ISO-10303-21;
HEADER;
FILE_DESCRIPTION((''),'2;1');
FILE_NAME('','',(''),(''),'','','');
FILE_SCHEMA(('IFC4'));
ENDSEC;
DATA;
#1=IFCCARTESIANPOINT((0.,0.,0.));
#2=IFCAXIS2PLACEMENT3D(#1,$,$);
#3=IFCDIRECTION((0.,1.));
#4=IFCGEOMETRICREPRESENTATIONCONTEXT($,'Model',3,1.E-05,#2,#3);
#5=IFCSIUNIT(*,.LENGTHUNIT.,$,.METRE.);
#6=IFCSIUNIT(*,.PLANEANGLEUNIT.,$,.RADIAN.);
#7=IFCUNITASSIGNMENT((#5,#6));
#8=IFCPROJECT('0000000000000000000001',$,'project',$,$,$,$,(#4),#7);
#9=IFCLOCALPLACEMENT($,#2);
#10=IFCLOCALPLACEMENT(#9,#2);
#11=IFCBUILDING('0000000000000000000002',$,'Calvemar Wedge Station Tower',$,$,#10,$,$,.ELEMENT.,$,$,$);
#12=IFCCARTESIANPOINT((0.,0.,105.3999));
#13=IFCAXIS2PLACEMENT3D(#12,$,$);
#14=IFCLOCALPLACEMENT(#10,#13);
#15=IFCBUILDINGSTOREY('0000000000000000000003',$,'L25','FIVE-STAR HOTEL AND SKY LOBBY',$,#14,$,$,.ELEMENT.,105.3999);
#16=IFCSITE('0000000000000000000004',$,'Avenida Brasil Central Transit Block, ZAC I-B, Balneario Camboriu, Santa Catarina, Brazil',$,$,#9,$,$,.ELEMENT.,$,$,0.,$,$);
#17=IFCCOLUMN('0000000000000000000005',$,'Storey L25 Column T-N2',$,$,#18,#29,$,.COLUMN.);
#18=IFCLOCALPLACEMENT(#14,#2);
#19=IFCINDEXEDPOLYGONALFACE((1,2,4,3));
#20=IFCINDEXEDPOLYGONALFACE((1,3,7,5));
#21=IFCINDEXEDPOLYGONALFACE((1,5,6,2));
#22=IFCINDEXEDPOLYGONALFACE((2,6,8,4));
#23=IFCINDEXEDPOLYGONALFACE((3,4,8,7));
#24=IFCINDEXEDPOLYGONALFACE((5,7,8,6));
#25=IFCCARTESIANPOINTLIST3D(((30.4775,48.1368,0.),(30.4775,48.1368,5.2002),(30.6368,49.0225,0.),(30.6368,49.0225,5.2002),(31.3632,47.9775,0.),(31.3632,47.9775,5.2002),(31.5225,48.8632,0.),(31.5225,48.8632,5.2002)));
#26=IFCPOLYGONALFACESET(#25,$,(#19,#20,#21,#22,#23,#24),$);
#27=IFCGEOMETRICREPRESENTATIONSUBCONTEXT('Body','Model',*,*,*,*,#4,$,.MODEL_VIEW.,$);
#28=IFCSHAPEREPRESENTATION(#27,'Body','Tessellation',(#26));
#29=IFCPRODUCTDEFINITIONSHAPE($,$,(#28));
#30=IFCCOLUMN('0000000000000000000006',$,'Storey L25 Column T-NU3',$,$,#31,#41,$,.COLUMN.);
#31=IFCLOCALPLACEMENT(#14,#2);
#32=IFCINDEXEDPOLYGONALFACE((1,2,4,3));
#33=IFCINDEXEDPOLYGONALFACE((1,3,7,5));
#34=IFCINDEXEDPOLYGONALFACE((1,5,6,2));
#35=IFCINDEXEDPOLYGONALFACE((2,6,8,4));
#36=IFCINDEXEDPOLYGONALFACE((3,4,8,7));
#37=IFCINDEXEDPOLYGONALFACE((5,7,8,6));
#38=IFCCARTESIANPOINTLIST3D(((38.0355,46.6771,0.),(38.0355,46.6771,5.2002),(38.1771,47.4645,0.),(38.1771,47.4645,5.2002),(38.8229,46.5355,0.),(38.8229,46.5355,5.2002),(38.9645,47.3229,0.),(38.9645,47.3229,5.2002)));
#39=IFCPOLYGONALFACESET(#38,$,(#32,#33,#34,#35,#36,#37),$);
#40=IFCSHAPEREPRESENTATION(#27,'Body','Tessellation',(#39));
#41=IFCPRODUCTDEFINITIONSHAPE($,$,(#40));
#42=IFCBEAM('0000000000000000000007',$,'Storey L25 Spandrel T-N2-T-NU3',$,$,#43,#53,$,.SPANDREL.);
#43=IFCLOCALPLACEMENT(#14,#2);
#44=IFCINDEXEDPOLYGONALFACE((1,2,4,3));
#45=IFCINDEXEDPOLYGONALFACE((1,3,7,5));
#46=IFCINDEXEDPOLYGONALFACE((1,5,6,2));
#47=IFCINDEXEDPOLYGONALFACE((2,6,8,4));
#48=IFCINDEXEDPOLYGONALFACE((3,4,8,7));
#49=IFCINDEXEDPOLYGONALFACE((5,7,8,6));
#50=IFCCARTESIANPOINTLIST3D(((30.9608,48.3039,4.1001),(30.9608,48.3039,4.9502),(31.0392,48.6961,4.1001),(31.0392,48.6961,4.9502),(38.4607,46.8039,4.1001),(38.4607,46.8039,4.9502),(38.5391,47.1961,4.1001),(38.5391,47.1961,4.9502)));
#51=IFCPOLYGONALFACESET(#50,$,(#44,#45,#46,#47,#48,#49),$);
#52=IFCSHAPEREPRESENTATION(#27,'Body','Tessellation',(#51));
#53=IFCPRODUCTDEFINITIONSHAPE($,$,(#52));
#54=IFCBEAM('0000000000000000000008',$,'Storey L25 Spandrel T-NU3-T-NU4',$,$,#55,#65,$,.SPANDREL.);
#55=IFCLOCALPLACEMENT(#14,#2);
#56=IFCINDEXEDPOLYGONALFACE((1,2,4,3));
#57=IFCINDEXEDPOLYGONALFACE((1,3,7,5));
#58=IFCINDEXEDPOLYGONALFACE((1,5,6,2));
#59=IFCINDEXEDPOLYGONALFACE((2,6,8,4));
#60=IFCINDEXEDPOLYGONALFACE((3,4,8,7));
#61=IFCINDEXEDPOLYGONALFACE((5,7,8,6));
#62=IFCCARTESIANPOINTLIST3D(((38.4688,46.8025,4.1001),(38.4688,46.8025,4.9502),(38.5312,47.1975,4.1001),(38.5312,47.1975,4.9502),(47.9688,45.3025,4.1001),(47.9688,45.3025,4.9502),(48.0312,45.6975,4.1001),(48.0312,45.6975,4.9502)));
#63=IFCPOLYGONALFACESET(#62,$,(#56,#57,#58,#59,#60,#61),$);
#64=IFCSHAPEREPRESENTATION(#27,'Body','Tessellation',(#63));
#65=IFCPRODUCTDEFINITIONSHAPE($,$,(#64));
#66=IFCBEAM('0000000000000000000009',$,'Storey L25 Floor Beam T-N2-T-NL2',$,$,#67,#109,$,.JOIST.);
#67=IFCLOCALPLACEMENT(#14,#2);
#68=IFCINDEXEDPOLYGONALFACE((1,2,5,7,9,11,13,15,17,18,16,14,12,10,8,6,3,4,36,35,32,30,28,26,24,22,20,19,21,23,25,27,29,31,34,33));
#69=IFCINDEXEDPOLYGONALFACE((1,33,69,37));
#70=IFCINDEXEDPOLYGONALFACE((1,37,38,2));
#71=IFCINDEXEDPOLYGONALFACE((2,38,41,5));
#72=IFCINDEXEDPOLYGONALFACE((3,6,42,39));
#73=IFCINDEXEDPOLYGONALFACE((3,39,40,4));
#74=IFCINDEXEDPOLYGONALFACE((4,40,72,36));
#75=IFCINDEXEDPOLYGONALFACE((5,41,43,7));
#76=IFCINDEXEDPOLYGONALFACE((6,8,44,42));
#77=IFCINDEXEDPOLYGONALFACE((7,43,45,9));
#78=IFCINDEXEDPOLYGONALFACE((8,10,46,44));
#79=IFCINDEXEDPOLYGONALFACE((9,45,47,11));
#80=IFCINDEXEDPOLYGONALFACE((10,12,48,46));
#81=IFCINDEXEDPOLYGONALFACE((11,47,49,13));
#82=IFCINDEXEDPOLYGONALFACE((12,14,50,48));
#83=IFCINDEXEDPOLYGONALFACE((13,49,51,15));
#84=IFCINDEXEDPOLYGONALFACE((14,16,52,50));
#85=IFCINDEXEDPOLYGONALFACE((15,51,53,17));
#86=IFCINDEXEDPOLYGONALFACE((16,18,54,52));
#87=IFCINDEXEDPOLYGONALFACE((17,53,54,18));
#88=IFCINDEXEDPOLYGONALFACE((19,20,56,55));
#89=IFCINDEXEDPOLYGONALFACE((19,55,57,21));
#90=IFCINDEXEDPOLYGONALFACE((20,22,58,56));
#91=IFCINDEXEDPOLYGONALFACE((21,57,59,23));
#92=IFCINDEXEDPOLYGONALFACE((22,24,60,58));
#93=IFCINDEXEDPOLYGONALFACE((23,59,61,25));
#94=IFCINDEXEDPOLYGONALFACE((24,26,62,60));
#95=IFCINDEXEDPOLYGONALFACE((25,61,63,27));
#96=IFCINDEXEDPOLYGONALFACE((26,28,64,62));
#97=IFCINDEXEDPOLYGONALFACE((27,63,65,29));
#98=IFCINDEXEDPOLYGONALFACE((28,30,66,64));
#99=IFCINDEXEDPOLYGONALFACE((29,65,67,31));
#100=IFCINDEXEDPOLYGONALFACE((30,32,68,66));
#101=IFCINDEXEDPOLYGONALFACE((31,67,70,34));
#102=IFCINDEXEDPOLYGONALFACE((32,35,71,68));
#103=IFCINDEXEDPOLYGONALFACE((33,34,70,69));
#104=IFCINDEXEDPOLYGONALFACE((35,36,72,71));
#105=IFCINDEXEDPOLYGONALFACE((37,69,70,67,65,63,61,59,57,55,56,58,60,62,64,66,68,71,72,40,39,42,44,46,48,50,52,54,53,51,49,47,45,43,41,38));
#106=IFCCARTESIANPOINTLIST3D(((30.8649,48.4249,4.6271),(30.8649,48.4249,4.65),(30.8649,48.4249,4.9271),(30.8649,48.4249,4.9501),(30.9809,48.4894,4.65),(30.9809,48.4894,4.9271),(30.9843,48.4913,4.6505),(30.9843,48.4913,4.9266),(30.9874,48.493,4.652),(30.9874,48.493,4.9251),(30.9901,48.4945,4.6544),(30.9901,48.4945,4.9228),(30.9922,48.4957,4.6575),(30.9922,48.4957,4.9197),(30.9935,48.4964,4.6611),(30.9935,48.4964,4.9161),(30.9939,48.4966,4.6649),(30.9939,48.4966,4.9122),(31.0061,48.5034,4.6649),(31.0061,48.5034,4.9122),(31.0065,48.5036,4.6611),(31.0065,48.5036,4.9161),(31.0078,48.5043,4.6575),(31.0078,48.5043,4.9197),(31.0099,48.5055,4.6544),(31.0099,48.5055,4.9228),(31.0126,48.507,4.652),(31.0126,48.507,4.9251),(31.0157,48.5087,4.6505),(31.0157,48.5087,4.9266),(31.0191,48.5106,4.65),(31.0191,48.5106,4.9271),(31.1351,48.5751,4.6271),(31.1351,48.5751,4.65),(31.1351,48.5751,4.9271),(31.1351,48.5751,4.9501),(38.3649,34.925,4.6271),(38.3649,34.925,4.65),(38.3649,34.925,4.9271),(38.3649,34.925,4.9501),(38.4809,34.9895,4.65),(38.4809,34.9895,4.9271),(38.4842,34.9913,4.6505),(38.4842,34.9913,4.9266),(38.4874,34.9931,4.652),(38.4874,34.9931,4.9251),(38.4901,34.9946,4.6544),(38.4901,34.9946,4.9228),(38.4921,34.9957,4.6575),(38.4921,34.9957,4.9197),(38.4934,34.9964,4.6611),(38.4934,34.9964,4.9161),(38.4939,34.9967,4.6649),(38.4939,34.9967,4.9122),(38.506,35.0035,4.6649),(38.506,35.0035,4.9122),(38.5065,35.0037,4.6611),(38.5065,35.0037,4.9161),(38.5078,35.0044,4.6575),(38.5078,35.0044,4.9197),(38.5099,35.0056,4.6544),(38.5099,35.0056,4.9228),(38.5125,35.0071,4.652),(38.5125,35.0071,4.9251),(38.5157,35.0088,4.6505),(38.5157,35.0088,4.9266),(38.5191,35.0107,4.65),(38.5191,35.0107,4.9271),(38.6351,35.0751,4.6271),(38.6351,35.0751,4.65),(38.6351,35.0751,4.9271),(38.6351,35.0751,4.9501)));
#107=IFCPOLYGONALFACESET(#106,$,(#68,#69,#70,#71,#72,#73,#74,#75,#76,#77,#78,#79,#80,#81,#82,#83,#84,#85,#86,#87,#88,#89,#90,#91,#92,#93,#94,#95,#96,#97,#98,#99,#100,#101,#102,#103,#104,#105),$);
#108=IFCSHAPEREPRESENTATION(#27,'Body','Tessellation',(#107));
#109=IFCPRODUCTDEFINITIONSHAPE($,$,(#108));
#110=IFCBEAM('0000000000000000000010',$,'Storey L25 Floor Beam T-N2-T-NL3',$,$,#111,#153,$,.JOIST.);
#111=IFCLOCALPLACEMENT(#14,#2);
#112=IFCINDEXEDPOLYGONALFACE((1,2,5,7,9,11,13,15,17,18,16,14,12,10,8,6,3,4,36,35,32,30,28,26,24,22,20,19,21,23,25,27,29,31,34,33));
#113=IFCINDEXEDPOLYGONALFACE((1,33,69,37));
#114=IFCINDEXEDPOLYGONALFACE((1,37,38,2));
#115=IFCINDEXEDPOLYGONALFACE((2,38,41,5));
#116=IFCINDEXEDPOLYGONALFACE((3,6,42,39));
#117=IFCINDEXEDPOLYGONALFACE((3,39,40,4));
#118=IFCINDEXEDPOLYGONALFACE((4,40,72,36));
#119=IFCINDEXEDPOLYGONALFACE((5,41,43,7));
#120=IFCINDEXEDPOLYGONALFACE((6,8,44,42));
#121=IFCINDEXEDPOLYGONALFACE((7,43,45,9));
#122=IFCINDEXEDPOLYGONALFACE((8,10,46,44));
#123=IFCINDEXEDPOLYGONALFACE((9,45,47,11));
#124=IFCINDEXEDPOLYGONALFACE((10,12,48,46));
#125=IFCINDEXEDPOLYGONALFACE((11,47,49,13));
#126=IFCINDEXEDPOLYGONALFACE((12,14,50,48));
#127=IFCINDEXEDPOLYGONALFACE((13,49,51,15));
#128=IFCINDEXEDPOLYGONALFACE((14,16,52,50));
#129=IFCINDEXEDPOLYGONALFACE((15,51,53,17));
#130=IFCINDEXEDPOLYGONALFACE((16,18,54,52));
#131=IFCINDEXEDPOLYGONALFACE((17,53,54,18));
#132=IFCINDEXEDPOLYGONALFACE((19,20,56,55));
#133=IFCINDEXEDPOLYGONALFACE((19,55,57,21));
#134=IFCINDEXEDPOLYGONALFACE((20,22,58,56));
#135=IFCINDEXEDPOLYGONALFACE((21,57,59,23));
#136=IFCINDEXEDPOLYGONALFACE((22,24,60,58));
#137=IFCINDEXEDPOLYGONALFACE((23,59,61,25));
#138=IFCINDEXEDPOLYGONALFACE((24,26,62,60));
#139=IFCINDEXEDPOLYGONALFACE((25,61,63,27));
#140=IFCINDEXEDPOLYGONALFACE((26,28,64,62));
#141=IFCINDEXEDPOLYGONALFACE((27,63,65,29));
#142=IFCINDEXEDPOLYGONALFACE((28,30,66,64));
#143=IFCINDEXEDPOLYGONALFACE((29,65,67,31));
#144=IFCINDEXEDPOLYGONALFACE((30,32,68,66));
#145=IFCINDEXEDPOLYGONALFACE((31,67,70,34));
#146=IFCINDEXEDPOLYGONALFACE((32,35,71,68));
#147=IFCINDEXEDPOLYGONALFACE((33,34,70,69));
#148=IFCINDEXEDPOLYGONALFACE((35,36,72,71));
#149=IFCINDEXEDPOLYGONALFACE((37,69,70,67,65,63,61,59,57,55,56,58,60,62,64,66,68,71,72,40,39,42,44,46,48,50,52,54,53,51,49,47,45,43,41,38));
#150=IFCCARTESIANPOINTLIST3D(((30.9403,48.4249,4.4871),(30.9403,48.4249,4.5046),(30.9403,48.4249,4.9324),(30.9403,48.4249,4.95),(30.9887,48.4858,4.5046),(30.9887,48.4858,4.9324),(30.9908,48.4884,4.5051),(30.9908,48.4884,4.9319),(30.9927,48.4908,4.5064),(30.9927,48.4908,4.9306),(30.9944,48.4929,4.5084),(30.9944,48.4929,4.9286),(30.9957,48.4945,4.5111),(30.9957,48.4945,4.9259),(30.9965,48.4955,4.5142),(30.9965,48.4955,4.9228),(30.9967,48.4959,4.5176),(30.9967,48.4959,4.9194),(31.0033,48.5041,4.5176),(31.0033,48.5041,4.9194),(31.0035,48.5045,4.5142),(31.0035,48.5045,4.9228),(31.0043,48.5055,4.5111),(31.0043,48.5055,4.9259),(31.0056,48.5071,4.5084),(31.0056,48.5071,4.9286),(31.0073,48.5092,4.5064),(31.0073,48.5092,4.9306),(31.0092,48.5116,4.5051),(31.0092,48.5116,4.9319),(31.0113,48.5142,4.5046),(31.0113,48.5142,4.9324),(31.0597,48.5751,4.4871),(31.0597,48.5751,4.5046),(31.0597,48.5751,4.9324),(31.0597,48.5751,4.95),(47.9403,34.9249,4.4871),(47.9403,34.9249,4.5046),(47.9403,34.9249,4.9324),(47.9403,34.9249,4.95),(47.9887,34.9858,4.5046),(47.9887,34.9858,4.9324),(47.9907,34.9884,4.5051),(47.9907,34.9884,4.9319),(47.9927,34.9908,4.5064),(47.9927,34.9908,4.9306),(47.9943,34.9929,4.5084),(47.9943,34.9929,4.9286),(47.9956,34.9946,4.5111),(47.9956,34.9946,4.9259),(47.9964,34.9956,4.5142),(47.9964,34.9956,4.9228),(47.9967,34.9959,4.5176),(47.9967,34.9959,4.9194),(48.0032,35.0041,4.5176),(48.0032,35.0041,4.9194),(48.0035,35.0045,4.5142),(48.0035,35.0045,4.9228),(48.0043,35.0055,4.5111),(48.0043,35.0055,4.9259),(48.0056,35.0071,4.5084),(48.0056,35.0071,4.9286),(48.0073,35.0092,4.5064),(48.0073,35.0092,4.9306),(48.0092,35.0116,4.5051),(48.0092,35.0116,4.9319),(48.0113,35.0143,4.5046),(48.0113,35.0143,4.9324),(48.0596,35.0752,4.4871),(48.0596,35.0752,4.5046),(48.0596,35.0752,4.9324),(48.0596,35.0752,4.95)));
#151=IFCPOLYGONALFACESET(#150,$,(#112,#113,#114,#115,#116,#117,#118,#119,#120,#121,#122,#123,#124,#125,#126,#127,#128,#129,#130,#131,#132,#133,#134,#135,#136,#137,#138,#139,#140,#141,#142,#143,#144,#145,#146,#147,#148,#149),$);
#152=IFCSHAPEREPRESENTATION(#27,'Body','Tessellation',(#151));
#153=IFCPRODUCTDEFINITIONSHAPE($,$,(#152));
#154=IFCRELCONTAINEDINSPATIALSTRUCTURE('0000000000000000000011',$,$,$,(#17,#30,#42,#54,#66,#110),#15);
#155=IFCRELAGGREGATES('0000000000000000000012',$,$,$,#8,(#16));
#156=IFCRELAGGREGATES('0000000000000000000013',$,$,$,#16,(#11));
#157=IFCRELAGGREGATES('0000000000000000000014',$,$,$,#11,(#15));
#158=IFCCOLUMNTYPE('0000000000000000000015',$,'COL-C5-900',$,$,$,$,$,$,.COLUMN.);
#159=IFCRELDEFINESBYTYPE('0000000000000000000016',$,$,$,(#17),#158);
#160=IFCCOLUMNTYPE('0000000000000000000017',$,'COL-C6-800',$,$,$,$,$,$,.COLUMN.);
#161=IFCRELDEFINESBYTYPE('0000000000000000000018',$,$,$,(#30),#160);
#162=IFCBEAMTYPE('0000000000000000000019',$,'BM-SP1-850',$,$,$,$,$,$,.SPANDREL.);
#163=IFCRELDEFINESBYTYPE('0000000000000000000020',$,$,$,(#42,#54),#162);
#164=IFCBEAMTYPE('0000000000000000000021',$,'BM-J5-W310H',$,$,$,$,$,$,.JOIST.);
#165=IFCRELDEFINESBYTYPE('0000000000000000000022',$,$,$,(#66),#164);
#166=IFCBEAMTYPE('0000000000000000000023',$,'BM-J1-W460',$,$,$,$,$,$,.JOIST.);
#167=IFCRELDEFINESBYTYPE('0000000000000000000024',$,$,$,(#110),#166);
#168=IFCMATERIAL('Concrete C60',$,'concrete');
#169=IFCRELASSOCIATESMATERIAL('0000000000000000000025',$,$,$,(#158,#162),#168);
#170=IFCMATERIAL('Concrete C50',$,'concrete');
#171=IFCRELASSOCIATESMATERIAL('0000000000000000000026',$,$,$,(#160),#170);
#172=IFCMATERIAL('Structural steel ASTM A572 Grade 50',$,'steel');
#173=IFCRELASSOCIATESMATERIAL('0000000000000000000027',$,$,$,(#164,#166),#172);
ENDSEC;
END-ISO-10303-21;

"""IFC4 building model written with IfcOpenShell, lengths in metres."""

from ifc_helpers import new_model, si_unit, direction, frame, origin, origin_2d, place, context, subcontext, project, spatial, rectangle, i_section, extrude, source, transform, mapped, material, material_profile, profile_set, type_object, element, save


model = new_model("IFC4")

# Units and contexts
model_context = context("Model", 3, precision=1e-05, world=origin(), true_north=direction((0.0, 1.0)))
body_context = subcontext(model_context, "Body", "Model", "MODEL_VIEW")
ifc_project = project(units=[si_unit("LENGTHUNIT", "METRE"), si_unit("PLANEANGLEUNIT", "RADIAN")], contexts=[model_context])

# Site, building, storey
site_placement = place(None, origin())
site = spatial("IfcSite", under=ifc_project, at=site_placement, Name="Avenida Brasil Central Transit Block, ZAC I-B, Balneario Camboriu, Santa Catarina, Brazil", CompositionType="ELEMENT", RefElevation=0.0)
building_placement = place(site_placement, origin())
building = spatial("IfcBuilding", under=site, at=building_placement, Name="Calvemar Wedge Station Tower", CompositionType="ELEMENT")
storey_placement = place(building_placement, frame((0.0, 0.0, 105.3999)))
storey = spatial("IfcBuildingStorey", under=building, at=storey_placement, Name="L25", Description="FIVE-STAR HOTEL AND SKY LOBBY", CompositionType="ELEMENT", Elevation=105.3999)

# Columns
ifc_material_1 = material(Name="Concrete C60", Category="concrete")
ifc_material_profile_1 = material_profile(ifc_material_1, rectangle(XDim=0.8999, YDim=0.8999, at=origin_2d()), Name="RC900x900")
ifc_profile_set_1 = profile_set([ifc_material_profile_1], Name="Concrete C60")
column_type_1 = type_object("IfcColumnType", Name="COL-C5-900", PredefinedType="COLUMN", material=ifc_profile_set_1)
shared_shape_1 = source(origin(), body_context, "Body", "SweptSolid", [
    extrude(rectangle(XDim=0.8999, YDim=0.8999, at=origin_2d()), origin(), (0.0, 0.0, 1.0), 5.2002),
])
column_1_placement = place(storey_placement, frame((31.0, 48.5, 0.0), z_axis=(0.0, 0.0, 1.0), x_axis=(0.984196, -0.177085, 0.0)))
element("IfcColumn", 1, at=column_1_placement, inside=storey, type_object=column_type_1, Name="Storey L25 Column T-N2", PredefinedType="COLUMN", context=body_context, shape_type="MappedRepresentation", body=[
    mapped(shared_shape_1, transform((0.0, 0.0, 0.0), scale=1.0)),
])
ifc_material_2 = material(Name="Concrete C50", Category="concrete")
ifc_material_profile_2 = material_profile(ifc_material_2, rectangle(XDim=0.8, YDim=0.8, at=origin_2d()), Name="RC800x800")
ifc_profile_set_2 = profile_set([ifc_material_profile_2], Name="Concrete C50")
column_type_2 = type_object("IfcColumnType", Name="COL-C6-800", PredefinedType="COLUMN", material=ifc_profile_set_2)
shared_shape_2 = source(origin(), body_context, "Body", "SweptSolid", [
    extrude(rectangle(XDim=0.8, YDim=0.8, at=origin_2d()), origin(), (0.0, 0.0, 1.0), 5.2002),
])
column_2_placement = place(storey_placement, frame((38.5, 47.0, 0.0), z_axis=(0.0, 0.0, 1.0), x_axis=(0.984196, -0.177085, 0.0)))
element("IfcColumn", 2, at=column_2_placement, inside=storey, type_object=column_type_2, Name="Storey L25 Column T-NU3", PredefinedType="COLUMN", context=body_context, shape_type="MappedRepresentation", body=[
    mapped(shared_shape_2, transform((0.0, 0.0, 0.0), scale=1.0)),
])

# Beams
ifc_material_profile_3 = material_profile(ifc_material_1, rectangle(XDim=0.3999, YDim=0.8501, at=origin_2d()), Name="RC400x850")
ifc_profile_set_3 = profile_set([ifc_material_profile_3], Name="Concrete C60")
beam_type_1 = type_object("IfcBeamType", Name="BM-SP1-850", PredefinedType="SPANDREL", material=ifc_profile_set_3)
shared_shape_3 = source(origin(), body_context, "Body", "SweptSolid", [
    extrude(rectangle(XDim=0.3999, YDim=0.8501, at=origin_2d()), origin(), (0.0, 0.0, 1.0), 7.6484),
])
beam_1_placement = place(storey_placement, frame((31.0, 48.5, 4.5251), z_axis=(0.980581, -0.196116, 0.0), x_axis=(0.196116, 0.980581, 0.0)))
element("IfcBeam", 3, at=beam_1_placement, inside=storey, type_object=beam_type_1, Name="Storey L25 Spandrel T-N2-T-NU3", PredefinedType="SPANDREL", context=body_context, shape_type="MappedRepresentation", body=[
    mapped(shared_shape_3, transform((0.0, 0.0, 0.0), scale=1.0)),
])
shared_shape_4 = source(origin(), body_context, "Body", "SweptSolid", [
    extrude(rectangle(XDim=0.3999, YDim=0.8501, at=origin_2d()), origin(), (0.0, 0.0, 1.0), 9.6177),
])
beam_2_placement = place(storey_placement, frame((38.5, 47.0, 4.5251), z_axis=(0.987763, -0.155963, 0.0), x_axis=(0.155963, 0.987763, 0.0)))
element("IfcBeam", 4, at=beam_2_placement, inside=storey, type_object=beam_type_1, Name="Storey L25 Spandrel T-NU3-T-NU4", PredefinedType="SPANDREL", context=body_context, shape_type="MappedRepresentation", body=[
    mapped(shared_shape_4, transform((0.0, 0.0, 0.0), scale=1.0)),
])
ifc_material_3 = material(Name="Structural steel ASTM A572 Grade 50", Category="steel")
ifc_material_profile_4 = material_profile(ifc_material_3, i_section(OverallWidth=0.3091, OverallDepth=0.323, WebThickness=0.0139, FlangeThickness=0.0229, FilletRadius=0.0149, at=origin_2d()), Name="W310x143")
ifc_profile_set_4 = profile_set([ifc_material_profile_4], Name="Structural steel ASTM A572 Grade 50")
beam_type_2 = type_object("IfcBeamType", Name="BM-J5-W310H", PredefinedType="JOIST", material=ifc_profile_set_4)
shared_shape_5 = source(origin(), body_context, "Body", "SweptSolid", [
    extrude(i_section(OverallWidth=0.3091, OverallDepth=0.323, WebThickness=0.0139, FlangeThickness=0.0229, FilletRadius=0.0149, at=origin_2d()), origin(), (0.0, 0.0, 1.0), 15.4434),
])
beam_3_placement = place(storey_placement, frame((31.0, 48.5, 4.7886), z_axis=(0.485643, -0.874157, 0.0), x_axis=(0.874157, 0.485643, 0.0)))
element("IfcBeam", 5, at=beam_3_placement, inside=storey, type_object=beam_type_2, Name="Storey L25 Floor Beam T-N2-T-NL2", PredefinedType="JOIST", context=body_context, shape_type="MappedRepresentation", body=[
    mapped(shared_shape_5, transform((0.0, 0.0, 0.0), scale=1.0)),
])
ifc_material_profile_5 = material_profile(ifc_material_3, i_section(OverallWidth=0.1919, OverallDepth=0.4629, WebThickness=0.0105, FlangeThickness=0.0176, FilletRadius=0.0129, at=origin_2d()), Name="W460x89")
ifc_profile_set_5 = profile_set([ifc_material_profile_5], Name="Structural steel ASTM A572 Grade 50")
beam_type_3 = type_object("IfcBeamType", Name="BM-J1-W460", PredefinedType="JOIST", material=ifc_profile_set_5)
shared_shape_6 = source(origin(), body_context, "Body", "SweptSolid", [
    extrude(i_section(OverallWidth=0.1919, OverallDepth=0.4629, WebThickness=0.0105, FlangeThickness=0.0176, FilletRadius=0.0129, at=origin_2d()), origin(), (0.0, 0.0, 1.0), 21.7083),
])
beam_4_placement = place(storey_placement, frame((31.0, 48.5, 4.7185), z_axis=(0.783111, -0.621882, 0.0), x_axis=(0.621882, 0.783111, 0.0)))
element("IfcBeam", 6, at=beam_4_placement, inside=storey, type_object=beam_type_3, Name="Storey L25 Floor Beam T-N2-T-NL3", PredefinedType="JOIST", context=body_context, shape_type="MappedRepresentation", body=[
    mapped(shared_shape_6, transform((0.0, 0.0, 0.0), scale=1.0)),
])

save(model, "model.ifc")
